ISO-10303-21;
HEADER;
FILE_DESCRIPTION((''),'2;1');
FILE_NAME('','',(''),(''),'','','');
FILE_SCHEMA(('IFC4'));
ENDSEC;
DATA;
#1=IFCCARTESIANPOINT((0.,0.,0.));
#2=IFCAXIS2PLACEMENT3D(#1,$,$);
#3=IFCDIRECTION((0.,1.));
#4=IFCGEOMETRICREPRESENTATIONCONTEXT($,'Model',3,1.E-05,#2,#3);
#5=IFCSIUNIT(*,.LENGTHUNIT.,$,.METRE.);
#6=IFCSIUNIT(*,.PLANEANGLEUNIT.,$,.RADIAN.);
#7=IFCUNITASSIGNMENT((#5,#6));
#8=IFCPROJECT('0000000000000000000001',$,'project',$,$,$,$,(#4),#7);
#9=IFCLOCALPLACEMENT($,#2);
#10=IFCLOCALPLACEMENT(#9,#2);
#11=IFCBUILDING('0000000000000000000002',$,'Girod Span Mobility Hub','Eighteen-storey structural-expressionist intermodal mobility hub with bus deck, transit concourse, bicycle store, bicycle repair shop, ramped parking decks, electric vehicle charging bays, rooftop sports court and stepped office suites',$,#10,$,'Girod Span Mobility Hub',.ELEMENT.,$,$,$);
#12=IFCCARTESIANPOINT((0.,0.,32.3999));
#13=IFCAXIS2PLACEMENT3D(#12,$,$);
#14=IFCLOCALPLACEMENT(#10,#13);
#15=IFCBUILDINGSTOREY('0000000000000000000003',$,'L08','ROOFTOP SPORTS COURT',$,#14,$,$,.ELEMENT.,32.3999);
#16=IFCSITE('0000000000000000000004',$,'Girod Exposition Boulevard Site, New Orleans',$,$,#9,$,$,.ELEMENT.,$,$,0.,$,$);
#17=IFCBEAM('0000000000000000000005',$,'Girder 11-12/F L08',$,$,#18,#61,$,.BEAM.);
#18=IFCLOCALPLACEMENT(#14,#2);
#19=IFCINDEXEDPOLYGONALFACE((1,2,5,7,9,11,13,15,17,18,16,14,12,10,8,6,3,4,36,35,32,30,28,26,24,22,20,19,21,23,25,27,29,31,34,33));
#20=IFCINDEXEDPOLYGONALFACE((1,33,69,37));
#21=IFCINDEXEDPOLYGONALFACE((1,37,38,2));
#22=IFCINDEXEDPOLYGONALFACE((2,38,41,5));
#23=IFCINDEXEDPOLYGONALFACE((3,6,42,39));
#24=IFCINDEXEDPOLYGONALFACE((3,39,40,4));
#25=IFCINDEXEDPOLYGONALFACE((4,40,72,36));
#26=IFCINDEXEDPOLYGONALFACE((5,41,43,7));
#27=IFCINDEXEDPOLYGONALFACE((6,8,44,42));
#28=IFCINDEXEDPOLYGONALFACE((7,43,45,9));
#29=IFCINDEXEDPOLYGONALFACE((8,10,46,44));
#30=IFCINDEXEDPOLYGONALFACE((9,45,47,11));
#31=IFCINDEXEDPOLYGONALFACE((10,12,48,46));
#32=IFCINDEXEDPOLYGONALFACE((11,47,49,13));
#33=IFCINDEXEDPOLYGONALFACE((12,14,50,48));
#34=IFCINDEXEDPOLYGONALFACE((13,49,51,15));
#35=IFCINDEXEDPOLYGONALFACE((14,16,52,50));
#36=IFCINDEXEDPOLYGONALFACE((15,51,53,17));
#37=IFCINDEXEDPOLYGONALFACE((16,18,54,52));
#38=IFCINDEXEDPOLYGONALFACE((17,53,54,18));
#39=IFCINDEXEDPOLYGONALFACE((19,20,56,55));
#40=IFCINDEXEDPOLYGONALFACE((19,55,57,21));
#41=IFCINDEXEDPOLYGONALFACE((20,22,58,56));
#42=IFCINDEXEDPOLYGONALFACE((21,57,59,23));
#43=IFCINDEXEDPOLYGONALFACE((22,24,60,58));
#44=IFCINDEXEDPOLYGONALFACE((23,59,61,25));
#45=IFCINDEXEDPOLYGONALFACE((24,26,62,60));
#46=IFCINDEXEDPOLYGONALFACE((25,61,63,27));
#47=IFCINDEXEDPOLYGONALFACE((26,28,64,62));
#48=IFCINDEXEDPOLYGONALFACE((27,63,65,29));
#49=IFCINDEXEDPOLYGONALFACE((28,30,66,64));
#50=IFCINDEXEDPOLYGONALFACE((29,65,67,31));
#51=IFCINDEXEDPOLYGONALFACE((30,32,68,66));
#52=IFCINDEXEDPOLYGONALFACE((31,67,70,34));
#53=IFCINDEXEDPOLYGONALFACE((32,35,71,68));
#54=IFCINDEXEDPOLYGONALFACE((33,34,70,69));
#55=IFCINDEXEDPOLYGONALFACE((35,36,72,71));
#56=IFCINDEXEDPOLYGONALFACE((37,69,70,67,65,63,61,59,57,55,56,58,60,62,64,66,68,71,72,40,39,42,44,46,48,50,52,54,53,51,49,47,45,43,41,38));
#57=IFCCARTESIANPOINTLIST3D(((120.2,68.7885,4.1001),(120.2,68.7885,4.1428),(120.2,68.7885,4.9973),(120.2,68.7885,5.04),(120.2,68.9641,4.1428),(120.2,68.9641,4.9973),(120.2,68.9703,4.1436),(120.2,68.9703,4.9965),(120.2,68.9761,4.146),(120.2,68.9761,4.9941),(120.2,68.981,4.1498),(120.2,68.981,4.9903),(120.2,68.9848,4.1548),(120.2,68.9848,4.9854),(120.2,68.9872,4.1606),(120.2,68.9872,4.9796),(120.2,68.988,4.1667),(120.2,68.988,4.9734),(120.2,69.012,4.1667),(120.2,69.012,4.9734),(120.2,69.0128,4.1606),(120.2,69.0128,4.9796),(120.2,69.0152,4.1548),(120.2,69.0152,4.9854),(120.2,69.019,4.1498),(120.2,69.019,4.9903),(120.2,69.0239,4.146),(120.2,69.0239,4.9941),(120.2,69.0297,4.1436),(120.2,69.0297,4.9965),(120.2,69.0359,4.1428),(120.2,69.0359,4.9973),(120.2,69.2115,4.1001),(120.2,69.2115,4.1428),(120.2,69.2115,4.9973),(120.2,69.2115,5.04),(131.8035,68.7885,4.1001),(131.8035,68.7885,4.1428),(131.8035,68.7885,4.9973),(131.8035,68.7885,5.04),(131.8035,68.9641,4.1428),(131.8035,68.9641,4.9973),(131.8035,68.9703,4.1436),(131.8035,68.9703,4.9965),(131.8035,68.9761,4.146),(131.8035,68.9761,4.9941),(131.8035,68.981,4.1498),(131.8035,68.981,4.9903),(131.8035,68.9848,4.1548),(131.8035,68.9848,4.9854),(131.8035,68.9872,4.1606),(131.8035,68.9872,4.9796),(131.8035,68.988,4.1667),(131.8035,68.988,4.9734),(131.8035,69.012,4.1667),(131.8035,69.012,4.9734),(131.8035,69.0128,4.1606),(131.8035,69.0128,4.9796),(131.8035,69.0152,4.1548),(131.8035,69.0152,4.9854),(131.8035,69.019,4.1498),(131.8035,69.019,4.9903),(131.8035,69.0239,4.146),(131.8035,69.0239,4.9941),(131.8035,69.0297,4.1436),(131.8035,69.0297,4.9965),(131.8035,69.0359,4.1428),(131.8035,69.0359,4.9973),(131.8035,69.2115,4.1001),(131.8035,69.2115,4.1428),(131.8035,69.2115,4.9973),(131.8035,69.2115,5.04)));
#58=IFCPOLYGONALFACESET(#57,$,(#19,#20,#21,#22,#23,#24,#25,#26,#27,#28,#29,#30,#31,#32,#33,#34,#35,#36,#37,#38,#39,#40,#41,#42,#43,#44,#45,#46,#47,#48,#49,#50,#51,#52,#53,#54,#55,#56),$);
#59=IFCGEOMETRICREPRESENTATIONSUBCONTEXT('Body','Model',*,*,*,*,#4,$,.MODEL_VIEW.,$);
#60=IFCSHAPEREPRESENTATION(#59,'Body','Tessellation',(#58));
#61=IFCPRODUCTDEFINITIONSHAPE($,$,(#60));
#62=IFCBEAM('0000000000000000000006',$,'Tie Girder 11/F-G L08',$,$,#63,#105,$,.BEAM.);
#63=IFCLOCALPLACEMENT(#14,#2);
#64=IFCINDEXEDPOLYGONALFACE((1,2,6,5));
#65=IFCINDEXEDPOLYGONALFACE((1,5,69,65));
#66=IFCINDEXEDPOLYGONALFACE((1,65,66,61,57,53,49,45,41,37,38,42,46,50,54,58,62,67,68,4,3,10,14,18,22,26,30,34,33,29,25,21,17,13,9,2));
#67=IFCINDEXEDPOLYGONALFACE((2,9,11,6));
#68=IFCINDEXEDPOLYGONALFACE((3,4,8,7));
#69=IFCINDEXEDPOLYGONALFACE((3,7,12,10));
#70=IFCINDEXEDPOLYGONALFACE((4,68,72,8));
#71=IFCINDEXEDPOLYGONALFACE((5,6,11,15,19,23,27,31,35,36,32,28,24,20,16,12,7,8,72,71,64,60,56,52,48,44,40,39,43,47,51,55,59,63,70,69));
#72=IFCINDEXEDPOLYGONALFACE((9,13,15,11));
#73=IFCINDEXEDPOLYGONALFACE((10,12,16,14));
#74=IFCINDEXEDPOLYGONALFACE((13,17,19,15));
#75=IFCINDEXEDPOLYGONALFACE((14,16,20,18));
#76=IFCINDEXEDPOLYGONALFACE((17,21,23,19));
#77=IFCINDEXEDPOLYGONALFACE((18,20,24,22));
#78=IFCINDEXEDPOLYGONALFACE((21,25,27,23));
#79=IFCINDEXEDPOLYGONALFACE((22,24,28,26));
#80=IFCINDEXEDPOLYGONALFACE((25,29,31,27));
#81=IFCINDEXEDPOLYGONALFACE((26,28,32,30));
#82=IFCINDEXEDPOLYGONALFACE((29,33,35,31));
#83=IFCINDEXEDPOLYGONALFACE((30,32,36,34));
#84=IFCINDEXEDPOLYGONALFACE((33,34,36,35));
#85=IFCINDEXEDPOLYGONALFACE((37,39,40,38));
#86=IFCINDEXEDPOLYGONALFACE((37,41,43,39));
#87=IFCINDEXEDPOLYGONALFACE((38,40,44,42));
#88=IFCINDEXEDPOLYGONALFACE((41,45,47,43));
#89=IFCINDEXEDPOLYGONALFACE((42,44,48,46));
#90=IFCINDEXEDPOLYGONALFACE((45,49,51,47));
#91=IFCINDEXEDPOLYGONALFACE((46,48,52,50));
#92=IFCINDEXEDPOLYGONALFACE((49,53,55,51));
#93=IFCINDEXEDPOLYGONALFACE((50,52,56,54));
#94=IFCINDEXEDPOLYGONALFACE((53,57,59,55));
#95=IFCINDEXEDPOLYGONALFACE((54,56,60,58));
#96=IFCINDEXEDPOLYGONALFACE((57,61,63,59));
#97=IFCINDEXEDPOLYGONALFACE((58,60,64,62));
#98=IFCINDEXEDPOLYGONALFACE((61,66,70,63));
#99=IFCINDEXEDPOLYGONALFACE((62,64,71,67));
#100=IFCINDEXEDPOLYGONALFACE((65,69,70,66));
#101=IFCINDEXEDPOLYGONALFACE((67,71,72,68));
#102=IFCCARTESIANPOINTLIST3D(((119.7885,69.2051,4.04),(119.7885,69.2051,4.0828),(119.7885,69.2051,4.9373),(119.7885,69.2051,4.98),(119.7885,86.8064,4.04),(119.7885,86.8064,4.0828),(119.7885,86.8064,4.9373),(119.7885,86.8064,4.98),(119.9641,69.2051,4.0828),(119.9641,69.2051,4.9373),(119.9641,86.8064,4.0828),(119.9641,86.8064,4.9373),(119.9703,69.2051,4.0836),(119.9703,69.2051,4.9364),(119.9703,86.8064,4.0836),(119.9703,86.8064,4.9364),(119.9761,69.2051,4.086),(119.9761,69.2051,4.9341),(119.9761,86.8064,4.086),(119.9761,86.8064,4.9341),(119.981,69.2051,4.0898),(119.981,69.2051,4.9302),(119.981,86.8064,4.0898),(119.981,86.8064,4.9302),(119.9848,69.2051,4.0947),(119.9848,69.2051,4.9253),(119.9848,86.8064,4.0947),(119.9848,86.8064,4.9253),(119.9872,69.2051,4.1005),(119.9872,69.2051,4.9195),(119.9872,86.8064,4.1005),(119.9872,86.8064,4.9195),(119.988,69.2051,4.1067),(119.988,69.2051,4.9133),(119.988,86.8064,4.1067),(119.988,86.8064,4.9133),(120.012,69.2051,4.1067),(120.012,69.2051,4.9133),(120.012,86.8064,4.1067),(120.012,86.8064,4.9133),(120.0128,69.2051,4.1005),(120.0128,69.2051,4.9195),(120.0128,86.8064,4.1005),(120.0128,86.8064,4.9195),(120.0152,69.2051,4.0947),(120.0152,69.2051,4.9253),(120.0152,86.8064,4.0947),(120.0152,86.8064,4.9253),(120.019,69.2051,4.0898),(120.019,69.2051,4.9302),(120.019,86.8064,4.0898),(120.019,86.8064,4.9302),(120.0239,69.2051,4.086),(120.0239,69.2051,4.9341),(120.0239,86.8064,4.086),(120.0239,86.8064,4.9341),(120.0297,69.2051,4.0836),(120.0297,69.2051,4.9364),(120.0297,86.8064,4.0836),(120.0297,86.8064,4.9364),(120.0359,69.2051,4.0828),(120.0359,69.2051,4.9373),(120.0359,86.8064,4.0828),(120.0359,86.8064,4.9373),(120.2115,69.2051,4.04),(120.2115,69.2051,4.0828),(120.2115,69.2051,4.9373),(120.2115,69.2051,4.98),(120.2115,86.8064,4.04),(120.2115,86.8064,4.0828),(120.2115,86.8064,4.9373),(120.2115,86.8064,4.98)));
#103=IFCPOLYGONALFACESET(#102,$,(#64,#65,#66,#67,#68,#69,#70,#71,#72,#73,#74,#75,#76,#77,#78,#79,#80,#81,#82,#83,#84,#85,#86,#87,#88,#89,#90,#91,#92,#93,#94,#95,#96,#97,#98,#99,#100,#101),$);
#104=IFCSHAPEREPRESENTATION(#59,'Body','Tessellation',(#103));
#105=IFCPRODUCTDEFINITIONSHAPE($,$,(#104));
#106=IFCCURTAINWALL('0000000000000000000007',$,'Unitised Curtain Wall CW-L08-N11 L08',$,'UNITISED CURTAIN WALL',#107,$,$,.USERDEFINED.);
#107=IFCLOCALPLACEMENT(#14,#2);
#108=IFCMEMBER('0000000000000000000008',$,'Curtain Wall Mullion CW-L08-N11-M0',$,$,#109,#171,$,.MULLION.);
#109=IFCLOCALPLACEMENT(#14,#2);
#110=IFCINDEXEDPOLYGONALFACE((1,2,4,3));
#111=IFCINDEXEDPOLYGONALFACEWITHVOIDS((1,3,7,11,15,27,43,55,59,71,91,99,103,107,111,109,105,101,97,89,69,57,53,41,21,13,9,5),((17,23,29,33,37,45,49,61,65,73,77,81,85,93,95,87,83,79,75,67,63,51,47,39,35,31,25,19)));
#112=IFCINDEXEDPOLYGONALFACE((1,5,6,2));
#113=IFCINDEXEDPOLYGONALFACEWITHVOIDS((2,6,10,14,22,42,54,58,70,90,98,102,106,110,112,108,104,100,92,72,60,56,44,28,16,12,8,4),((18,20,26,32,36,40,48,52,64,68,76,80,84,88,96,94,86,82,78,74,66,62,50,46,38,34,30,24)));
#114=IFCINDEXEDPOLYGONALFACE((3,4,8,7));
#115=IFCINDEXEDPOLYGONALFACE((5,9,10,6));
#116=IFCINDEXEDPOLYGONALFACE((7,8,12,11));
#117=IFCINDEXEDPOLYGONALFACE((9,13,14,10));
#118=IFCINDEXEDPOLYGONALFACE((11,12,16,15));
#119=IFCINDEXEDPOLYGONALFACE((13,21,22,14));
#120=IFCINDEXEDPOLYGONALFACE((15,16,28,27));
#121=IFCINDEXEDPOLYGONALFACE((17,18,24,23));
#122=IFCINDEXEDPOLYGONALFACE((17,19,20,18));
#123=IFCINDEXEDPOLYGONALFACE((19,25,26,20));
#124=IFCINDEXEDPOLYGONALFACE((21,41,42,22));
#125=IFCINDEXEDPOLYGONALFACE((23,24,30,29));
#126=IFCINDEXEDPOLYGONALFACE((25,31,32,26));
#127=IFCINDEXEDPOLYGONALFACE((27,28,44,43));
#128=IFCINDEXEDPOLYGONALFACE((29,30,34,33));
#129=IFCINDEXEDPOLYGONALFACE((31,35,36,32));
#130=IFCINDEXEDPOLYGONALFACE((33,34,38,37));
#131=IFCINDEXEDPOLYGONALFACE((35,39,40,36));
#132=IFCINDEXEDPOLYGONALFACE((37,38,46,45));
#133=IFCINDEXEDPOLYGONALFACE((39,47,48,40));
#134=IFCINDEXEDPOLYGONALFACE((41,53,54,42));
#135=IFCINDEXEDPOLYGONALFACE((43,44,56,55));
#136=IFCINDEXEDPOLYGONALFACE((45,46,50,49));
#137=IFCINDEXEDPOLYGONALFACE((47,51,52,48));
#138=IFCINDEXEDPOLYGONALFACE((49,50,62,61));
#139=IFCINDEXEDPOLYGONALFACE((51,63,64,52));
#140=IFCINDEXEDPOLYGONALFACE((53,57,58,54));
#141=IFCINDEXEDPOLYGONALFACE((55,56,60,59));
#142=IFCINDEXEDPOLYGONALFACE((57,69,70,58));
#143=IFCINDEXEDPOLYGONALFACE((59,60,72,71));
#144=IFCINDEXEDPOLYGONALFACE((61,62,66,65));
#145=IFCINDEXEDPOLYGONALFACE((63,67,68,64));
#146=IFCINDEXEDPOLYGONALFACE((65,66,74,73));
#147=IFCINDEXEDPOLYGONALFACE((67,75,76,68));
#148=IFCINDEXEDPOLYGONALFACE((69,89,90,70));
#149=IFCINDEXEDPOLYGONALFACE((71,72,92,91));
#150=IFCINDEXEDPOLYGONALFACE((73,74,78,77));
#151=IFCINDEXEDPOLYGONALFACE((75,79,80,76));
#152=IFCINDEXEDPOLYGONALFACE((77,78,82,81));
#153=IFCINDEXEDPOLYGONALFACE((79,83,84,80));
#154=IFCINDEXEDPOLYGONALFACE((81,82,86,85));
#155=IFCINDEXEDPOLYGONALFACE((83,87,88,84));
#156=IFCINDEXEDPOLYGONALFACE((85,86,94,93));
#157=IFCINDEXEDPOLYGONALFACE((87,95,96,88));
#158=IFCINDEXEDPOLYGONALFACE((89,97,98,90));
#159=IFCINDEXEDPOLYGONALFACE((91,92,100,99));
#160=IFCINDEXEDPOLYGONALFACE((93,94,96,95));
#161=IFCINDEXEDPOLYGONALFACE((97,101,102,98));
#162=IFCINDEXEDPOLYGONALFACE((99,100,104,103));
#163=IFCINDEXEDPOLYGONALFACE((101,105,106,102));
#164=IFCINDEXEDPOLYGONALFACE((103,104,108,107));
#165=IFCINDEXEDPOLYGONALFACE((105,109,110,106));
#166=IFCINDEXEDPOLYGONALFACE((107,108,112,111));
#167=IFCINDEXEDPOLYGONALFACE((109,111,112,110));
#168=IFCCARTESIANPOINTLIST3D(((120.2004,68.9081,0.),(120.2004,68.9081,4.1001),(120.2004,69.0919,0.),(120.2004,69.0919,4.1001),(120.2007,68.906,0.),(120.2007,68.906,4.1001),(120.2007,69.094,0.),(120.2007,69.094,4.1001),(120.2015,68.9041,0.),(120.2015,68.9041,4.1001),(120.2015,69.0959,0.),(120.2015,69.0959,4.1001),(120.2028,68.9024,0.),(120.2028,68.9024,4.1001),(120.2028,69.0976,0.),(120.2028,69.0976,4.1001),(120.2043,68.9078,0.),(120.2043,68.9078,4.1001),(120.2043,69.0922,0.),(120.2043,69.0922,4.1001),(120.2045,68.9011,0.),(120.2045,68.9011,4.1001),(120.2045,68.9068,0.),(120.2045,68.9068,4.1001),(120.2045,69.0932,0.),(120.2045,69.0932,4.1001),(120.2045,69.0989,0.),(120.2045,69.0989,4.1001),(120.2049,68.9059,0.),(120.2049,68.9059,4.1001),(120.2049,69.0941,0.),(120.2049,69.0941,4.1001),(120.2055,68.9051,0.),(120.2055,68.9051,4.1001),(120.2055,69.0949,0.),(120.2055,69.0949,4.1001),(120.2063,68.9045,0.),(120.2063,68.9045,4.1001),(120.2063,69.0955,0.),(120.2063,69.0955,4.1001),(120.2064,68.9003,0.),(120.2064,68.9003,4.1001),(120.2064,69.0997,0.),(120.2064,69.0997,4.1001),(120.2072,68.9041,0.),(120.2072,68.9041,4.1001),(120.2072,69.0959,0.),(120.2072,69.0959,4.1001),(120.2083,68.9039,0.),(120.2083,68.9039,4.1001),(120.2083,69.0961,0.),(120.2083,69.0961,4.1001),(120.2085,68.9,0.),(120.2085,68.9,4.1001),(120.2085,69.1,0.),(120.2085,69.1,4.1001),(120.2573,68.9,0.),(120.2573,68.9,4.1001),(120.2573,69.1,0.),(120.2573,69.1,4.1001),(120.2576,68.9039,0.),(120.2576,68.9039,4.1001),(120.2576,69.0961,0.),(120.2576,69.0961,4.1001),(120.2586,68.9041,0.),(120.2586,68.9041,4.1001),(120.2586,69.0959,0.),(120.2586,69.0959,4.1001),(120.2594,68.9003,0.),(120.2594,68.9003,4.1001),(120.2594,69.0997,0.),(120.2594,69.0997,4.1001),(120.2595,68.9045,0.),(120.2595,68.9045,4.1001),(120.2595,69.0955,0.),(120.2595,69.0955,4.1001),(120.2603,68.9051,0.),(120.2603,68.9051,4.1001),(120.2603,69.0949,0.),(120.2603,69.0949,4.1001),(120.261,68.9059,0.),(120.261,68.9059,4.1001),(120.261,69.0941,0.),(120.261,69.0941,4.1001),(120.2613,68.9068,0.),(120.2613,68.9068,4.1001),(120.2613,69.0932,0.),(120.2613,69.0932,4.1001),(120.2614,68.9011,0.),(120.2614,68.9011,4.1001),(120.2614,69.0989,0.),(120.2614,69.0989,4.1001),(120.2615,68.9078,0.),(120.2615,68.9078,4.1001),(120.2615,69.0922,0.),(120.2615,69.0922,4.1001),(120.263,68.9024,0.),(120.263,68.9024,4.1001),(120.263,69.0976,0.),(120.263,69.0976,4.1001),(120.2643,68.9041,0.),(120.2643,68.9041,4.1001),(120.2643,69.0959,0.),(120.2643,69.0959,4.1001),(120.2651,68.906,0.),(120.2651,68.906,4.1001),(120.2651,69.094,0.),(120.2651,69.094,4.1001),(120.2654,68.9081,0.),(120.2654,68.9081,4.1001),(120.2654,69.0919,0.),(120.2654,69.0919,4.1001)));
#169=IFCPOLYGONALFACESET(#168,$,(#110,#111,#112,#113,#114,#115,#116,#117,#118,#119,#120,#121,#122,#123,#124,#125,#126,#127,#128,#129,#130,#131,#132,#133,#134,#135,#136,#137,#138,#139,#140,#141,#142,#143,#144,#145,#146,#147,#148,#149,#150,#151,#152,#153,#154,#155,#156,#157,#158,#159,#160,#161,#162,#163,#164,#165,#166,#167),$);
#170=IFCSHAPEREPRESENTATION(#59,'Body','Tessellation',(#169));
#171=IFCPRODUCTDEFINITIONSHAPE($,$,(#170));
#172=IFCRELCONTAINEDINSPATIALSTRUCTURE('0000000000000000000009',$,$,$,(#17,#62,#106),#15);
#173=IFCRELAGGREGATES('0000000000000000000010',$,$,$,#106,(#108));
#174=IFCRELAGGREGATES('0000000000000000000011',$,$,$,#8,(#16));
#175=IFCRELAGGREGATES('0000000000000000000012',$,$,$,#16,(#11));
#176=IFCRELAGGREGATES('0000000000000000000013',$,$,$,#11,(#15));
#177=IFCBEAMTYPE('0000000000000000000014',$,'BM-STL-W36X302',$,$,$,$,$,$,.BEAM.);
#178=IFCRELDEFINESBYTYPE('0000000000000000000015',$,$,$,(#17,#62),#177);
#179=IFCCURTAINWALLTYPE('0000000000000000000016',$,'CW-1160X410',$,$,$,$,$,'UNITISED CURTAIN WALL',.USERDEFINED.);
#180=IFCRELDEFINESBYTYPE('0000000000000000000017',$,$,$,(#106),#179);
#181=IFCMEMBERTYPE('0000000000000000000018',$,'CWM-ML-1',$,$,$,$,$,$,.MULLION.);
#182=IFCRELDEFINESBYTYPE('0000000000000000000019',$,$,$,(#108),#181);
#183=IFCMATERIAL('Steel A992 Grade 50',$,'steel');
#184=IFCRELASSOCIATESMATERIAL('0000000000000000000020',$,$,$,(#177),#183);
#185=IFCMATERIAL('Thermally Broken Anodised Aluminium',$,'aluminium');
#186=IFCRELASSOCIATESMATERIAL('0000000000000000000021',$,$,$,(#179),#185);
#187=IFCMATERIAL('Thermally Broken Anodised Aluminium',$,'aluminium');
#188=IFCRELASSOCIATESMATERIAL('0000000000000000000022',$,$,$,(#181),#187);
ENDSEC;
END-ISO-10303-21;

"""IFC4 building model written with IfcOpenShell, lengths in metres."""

from ifc_helpers import new_model, si_unit, direction, frame, origin, origin_2d, place, context, subcontext, project, spatial, hollow_rectangle, i_section, extrude, material, material_profile, profile_set, type_object, element, aggregate, save


model = new_model("IFC4")

# Units and contexts
model_context = context("Model", 3, precision=1e-05, world=origin(), true_north=direction((0.0, 1.0)))
body_context = subcontext(model_context, "Body", "Model", "MODEL_VIEW")
ifc_project = project(units=[si_unit("LENGTHUNIT", "METRE"), si_unit("PLANEANGLEUNIT", "RADIAN")], contexts=[model_context])

# Site, building, storey
site_placement = place(None, origin())
site = spatial("IfcSite", under=ifc_project, at=site_placement, Name="Girod Exposition Boulevard Site, New Orleans", CompositionType="ELEMENT", RefElevation=0.0)
building_placement = place(site_placement, origin())
building = spatial("IfcBuilding", under=site, at=building_placement, Name="Girod Span Mobility Hub", Description="Eighteen-storey structural-expressionist intermodal mobility hub with bus deck, transit concourse, bicycle store, bicycle repair shop, ramped parking decks, electric vehicle charging bays, rooftop sports court and stepped office suites", LongName="Girod Span Mobility Hub", CompositionType="ELEMENT")
storey_placement = place(building_placement, frame((0.0, 0.0, 32.3999)))
storey = spatial("IfcBuildingStorey", under=building, at=storey_placement, Name="L08", Description="ROOFTOP SPORTS COURT", CompositionType="ELEMENT", Elevation=32.3999)

# Beams
ifc_material_1 = material(Name="Steel A992 Grade 50", Category="steel")
ifc_material_profile_1 = material_profile(ifc_material_1, i_section(OverallWidth=0.4231, OverallDepth=0.9399, WebThickness=0.0239, FlangeThickness=0.0427, FilletRadius=0.0239, at=origin_2d()), Name="W36X302")
ifc_profile_set_1 = profile_set([ifc_material_profile_1], Name="Steel A992 Grade 50")
beam_type_1 = type_object("IfcBeamType", Name="BM-STL-W36X302", PredefinedType="BEAM", material=ifc_profile_set_1)
beam_1_placement = place(storey_placement, frame((120.2, 69.0, 4.5701), z_axis=(1.0, 0.0, 0.0), x_axis=(0.0, 1.0, 0.0)))
element("IfcBeam", 1, at=beam_1_placement, inside=storey, type_object=beam_type_1, Name="Girder 11-12/F L08", PredefinedType="BEAM", context=body_context, shape_type="SweptSolid", body=[
    extrude(i_section(OverallWidth=0.4231, OverallDepth=0.9399, WebThickness=0.0239, FlangeThickness=0.0427, FilletRadius=0.0239, at=origin_2d()), origin(), (0.0, 0.0, 1.0), 11.6035),
])
beam_2_placement = place(storey_placement, frame((120.0, 69.2051, 4.51), z_axis=(0.0, 1.0, 0.0), x_axis=(-1.0, 0.0, 0.0)))
element("IfcBeam", 2, at=beam_2_placement, inside=storey, type_object=beam_type_1, Name="Tie Girder 11/F-G L08", PredefinedType="BEAM", context=body_context, shape_type="SweptSolid", body=[
    extrude(i_section(OverallWidth=0.4231, OverallDepth=0.9399, WebThickness=0.0239, FlangeThickness=0.0427, FilletRadius=0.0239, at=origin_2d()), origin(), (0.0, 0.0, 1.0), 17.6013),
])

# Curtain wall, member
ifc_material_2 = material(Name="Thermally Broken Anodised Aluminium", Category="aluminium")
curtain_wall_type = type_object("IfcCurtainWallType", Name="CW-1160X410", ElementType="UNITISED CURTAIN WALL", PredefinedType="USERDEFINED", material=ifc_material_2)
curtain_wall_placement = place(storey_placement, origin())
curtain_wall = element("IfcCurtainWall", 3, at=curtain_wall_placement, inside=storey, type_object=curtain_wall_type, Name="Unitised Curtain Wall CW-L08-N11 L08", ObjectType="UNITISED CURTAIN WALL", PredefinedType="USERDEFINED")
ifc_material_3 = material(Name="Thermally Broken Anodised Aluminium", Category="aluminium")
ifc_material_profile_2 = material_profile(ifc_material_3, hollow_rectangle(XDim=0.2, YDim=0.0649, WallThickness=0.0039, InnerFilletRadius=0.0039, OuterFilletRadius=0.0081, at=origin_2d()), Name="CW-ML-65X200")
ifc_profile_set_2 = profile_set([ifc_material_profile_2], Name="Thermally Broken Anodised Aluminium")
member_type_1 = type_object("IfcMemberType", Name="CWM-ML-1", PredefinedType="MULLION", material=ifc_profile_set_2)
member_1_placement = place(storey_placement, frame((120.2329, 69.0, 0.0), z_axis=(0.0, 0.0, 1.0), x_axis=(0.0, 1.0, 0.0)))
member_1 = element("IfcMember", 4, at=member_1_placement, type_object=member_type_1, Name="Curtain Wall Mullion CW-L08-N11-M0", PredefinedType="MULLION", context=body_context, shape_type="SweptSolid", body=[
    extrude(hollow_rectangle(XDim=0.2, YDim=0.0649, WallThickness=0.0039, InnerFilletRadius=0.0039, OuterFilletRadius=0.0081, at=origin_2d()), origin(), (0.0, 0.0, 1.0), 4.1001),
])

aggregate(curtain_wall, [member_1])

save(model, "model.ifc")
